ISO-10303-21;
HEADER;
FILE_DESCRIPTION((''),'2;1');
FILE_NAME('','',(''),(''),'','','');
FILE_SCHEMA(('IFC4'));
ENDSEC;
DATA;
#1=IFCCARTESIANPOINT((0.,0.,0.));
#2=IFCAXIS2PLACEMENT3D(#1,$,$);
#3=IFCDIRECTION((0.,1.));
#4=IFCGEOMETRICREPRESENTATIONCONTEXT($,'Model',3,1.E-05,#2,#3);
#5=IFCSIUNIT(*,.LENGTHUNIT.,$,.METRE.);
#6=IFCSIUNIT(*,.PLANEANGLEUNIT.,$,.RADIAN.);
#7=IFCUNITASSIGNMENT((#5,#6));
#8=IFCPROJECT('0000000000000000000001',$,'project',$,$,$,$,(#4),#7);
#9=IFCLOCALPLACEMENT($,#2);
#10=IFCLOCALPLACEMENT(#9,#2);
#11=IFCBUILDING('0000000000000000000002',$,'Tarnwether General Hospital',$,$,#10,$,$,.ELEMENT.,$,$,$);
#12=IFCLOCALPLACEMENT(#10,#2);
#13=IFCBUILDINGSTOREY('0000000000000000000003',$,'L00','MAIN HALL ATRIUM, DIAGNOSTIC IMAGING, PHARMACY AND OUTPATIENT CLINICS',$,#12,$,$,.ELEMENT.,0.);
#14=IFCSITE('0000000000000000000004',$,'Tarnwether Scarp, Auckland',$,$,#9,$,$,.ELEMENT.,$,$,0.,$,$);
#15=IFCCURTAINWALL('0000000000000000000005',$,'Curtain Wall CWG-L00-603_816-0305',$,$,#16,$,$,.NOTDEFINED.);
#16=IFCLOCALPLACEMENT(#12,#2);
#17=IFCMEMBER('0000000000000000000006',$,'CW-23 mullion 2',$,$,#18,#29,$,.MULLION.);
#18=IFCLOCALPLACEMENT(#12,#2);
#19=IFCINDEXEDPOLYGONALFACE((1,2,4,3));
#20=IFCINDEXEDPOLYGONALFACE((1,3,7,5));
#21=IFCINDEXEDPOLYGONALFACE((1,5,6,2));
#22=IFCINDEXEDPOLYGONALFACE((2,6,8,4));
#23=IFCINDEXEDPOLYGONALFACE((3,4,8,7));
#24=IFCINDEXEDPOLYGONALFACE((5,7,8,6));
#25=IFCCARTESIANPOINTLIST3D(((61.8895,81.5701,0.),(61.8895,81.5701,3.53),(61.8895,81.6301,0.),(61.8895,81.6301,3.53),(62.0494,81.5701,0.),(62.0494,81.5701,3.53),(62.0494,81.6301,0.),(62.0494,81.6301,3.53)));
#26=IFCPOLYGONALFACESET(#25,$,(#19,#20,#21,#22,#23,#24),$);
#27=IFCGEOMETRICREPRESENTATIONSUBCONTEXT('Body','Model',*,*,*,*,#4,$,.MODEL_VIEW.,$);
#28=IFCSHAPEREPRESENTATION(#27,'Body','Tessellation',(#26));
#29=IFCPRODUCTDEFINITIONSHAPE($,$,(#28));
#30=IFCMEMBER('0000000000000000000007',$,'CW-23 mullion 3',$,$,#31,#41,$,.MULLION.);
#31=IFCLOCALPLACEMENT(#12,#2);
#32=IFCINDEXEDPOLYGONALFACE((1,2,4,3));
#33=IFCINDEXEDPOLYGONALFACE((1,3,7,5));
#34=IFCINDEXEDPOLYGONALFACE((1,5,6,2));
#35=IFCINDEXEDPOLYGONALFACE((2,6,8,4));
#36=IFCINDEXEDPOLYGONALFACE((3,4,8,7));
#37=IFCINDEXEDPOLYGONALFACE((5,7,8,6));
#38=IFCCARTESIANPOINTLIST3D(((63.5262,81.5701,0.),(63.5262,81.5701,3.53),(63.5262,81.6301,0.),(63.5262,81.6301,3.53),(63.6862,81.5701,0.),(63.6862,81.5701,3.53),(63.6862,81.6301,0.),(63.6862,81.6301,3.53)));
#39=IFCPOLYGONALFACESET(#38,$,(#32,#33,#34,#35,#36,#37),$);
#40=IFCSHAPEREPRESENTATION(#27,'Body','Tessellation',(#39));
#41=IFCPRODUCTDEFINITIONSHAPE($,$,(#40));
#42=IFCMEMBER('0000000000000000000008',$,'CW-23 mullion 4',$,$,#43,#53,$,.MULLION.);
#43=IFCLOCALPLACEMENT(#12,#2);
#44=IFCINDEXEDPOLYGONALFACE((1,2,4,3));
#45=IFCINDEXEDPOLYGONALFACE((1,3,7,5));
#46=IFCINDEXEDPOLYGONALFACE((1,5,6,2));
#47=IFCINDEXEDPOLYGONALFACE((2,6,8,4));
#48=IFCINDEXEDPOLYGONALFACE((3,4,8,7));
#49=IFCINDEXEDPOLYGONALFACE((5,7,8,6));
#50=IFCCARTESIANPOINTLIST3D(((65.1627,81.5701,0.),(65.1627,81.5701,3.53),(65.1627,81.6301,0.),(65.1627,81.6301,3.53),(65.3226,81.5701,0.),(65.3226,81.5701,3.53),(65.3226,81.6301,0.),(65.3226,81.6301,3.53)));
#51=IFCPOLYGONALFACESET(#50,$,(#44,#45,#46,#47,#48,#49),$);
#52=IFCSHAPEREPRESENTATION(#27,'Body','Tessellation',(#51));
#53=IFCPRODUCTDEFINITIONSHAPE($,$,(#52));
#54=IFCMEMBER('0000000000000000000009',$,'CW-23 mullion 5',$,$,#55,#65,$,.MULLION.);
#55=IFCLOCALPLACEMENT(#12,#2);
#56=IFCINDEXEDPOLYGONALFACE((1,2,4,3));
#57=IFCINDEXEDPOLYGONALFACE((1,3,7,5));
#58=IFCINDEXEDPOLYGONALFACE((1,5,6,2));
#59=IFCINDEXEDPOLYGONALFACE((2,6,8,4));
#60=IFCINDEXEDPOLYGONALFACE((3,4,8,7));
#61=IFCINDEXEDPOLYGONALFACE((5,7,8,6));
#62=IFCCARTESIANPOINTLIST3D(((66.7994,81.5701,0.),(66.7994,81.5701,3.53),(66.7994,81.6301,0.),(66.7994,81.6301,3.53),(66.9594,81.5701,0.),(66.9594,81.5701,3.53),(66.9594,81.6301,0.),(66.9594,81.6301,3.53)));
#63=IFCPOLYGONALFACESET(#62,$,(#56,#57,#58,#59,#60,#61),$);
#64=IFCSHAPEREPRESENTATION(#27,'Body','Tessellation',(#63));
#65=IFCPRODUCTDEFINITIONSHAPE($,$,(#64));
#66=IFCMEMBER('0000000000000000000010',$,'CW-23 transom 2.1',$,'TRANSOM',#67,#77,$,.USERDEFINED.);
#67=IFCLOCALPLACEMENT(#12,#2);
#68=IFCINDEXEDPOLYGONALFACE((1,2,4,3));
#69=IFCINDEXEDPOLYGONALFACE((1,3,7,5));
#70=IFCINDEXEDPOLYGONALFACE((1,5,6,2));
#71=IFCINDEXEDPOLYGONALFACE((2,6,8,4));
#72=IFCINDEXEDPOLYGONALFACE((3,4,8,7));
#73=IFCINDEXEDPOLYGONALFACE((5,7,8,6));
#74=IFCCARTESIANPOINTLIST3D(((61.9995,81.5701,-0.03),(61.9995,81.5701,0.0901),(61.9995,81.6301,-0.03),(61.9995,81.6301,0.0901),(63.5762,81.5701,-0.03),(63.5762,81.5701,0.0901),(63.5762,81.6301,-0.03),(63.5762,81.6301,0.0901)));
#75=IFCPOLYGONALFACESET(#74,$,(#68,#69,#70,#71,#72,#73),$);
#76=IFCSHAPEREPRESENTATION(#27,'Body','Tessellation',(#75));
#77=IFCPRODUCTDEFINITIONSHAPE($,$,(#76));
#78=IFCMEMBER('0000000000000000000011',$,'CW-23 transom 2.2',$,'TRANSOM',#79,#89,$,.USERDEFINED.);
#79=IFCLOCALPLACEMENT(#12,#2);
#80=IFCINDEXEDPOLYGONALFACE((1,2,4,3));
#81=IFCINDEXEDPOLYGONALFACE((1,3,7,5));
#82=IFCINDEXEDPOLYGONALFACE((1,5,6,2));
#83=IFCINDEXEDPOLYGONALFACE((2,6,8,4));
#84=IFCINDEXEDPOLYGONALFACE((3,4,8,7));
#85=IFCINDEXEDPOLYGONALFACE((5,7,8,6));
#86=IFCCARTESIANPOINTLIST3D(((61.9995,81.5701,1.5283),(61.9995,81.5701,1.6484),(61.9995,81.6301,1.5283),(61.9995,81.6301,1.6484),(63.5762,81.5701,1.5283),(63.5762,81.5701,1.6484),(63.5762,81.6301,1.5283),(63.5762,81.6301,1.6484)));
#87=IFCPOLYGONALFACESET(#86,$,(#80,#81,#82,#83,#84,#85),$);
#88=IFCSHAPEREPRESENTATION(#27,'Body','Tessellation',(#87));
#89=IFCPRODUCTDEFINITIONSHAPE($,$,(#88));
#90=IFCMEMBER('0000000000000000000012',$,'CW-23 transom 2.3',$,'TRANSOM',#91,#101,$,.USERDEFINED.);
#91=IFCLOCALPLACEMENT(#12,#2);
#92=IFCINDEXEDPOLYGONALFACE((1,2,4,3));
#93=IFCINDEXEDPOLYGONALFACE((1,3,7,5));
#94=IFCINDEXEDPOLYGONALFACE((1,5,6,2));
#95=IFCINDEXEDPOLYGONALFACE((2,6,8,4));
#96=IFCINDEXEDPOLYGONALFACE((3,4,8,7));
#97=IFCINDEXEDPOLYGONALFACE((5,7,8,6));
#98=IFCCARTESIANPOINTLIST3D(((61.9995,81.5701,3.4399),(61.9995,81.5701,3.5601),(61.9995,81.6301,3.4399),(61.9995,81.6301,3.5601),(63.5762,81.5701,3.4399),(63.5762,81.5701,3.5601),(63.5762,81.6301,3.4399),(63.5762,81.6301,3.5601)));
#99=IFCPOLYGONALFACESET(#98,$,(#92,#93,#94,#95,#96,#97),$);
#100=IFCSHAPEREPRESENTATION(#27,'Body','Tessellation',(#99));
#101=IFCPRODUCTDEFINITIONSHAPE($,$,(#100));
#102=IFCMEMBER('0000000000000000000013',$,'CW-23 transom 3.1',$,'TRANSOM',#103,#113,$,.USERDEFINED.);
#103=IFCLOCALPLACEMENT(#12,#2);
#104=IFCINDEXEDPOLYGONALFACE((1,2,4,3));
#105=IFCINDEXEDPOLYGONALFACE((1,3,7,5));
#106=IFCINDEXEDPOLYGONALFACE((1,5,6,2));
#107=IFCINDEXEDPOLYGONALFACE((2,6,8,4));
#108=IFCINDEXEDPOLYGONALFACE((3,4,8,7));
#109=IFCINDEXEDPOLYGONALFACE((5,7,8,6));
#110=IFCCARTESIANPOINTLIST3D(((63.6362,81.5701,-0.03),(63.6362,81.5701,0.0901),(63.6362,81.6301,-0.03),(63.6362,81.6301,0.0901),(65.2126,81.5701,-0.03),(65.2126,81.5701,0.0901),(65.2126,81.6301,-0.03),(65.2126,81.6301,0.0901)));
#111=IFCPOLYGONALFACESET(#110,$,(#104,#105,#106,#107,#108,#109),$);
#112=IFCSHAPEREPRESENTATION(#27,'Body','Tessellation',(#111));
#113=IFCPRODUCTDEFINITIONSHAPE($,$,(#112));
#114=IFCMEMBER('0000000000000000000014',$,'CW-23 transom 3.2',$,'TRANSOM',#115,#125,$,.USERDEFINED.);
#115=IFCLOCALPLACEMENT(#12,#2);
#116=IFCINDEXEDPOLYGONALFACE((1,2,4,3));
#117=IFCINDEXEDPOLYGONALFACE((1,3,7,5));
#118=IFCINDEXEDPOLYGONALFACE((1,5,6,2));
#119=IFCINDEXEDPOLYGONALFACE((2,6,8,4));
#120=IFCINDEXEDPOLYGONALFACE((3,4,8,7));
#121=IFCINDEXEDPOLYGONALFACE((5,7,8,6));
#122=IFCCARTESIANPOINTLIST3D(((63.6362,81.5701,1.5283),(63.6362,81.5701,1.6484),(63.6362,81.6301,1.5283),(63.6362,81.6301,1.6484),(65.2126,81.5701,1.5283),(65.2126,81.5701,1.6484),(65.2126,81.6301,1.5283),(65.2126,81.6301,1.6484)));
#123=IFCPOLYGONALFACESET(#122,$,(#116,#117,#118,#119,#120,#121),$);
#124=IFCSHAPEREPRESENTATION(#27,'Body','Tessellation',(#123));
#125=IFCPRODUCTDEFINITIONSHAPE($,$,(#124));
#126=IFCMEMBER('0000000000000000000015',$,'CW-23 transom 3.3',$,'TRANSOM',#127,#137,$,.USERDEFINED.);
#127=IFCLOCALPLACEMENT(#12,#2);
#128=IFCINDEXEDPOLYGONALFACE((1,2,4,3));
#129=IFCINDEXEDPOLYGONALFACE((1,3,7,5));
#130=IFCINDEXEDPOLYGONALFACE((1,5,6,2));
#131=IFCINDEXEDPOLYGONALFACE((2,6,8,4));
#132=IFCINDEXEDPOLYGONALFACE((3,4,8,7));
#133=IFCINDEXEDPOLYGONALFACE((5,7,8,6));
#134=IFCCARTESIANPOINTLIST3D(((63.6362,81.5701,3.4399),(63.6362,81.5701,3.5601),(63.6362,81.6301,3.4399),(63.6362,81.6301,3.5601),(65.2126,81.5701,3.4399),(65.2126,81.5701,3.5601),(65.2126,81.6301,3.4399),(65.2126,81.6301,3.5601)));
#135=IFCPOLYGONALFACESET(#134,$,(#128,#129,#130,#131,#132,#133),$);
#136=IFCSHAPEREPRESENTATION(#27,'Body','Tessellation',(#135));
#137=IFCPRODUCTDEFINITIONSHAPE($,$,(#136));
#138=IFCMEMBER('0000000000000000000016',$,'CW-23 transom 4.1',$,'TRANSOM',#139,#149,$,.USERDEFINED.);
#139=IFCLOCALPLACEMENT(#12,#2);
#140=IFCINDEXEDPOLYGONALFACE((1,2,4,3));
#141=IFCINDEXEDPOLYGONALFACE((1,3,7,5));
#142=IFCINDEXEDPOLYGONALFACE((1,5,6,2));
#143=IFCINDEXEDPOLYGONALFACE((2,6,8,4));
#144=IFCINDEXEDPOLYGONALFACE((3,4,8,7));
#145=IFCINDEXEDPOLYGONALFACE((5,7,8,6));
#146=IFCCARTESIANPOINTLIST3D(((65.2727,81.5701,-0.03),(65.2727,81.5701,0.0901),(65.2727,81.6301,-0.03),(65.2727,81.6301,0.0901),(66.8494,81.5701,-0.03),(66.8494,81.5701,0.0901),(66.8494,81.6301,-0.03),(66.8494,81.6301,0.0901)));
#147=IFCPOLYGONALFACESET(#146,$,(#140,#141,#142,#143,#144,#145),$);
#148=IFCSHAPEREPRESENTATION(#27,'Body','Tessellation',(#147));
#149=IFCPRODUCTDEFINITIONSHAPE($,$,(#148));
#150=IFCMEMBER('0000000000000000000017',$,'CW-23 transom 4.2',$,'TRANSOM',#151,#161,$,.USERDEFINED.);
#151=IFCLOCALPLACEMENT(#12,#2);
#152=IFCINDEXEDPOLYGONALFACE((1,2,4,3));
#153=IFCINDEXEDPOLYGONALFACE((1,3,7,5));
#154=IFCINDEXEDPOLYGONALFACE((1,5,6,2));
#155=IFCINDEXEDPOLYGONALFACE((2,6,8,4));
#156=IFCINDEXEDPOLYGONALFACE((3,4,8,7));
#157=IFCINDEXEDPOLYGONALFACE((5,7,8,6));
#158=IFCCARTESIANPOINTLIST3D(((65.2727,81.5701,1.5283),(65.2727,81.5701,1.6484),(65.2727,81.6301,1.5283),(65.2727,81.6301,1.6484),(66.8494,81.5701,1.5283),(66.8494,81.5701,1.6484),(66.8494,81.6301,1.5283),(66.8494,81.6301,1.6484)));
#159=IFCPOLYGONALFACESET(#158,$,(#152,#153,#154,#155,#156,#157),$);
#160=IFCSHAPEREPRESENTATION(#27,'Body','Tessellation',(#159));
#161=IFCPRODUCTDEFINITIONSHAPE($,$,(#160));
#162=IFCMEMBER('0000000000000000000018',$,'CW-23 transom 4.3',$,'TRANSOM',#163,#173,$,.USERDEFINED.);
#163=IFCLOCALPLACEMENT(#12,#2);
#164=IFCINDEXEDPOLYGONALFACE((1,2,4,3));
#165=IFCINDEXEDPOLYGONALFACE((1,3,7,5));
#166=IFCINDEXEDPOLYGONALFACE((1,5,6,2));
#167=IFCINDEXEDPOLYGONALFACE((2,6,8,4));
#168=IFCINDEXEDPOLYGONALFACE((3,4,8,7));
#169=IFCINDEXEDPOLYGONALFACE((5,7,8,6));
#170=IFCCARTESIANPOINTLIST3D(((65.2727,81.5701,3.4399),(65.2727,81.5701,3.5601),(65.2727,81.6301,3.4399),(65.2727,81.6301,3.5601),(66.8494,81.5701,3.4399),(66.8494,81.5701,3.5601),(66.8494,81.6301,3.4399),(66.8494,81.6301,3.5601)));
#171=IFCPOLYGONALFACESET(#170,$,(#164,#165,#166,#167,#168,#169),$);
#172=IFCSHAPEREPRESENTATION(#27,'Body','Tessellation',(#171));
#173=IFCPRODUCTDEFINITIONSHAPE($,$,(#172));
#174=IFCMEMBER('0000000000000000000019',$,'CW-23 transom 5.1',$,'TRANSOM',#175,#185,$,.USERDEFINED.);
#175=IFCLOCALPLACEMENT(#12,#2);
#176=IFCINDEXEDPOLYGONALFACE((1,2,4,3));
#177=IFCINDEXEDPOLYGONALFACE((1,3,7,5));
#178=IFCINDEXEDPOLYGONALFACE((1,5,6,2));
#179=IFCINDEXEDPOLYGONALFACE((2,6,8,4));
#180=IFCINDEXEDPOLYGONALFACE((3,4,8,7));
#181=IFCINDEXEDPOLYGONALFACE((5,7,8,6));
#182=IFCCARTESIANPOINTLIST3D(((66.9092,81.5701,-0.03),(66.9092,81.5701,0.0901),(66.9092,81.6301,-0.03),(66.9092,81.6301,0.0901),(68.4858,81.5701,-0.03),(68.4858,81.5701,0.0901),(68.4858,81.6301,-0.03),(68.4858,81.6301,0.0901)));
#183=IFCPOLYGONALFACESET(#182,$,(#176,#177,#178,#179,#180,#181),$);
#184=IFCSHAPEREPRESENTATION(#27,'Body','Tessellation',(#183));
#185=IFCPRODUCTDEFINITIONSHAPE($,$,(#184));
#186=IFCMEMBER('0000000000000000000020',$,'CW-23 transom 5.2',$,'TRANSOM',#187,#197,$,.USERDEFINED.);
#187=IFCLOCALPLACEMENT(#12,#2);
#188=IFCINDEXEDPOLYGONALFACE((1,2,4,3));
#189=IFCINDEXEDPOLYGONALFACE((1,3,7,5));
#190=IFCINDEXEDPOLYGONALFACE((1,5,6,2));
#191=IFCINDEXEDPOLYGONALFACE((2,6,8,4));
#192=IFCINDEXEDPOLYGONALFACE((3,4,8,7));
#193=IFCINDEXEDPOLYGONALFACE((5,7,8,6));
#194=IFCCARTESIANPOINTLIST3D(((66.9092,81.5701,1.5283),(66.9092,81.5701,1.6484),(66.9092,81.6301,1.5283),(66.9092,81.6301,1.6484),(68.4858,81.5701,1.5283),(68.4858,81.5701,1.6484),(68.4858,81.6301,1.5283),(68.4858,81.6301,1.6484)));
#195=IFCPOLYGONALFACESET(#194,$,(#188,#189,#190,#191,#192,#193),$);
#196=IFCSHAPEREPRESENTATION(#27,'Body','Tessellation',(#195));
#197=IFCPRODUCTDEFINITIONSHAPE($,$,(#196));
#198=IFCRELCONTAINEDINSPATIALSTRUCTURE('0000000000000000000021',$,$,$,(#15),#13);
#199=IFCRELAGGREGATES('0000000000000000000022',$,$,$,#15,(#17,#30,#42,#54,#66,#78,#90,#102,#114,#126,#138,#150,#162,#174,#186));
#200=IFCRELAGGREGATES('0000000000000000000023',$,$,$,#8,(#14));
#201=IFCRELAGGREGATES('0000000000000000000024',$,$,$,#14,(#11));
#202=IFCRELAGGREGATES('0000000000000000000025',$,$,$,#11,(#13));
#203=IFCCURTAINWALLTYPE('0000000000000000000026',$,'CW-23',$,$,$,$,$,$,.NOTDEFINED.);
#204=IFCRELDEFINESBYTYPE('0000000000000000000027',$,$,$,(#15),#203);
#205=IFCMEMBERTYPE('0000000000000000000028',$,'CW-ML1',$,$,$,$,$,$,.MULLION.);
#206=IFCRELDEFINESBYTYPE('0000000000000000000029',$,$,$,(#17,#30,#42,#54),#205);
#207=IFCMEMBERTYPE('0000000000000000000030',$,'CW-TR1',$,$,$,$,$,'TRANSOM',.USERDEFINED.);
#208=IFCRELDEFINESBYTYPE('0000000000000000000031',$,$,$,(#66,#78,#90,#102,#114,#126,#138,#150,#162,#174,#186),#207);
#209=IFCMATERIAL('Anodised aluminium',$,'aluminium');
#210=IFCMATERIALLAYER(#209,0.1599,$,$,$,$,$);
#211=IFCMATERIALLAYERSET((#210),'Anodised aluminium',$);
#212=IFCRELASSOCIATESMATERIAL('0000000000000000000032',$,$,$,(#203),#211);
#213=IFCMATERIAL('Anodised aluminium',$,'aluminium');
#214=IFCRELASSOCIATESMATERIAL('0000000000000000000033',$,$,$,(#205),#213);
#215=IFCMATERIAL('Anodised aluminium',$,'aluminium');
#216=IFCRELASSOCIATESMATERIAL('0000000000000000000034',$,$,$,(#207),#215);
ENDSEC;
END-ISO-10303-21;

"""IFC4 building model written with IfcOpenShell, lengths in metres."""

from ifc_helpers import new_model, si_unit, direction, frame, origin, origin_2d, place, context, subcontext, project, spatial, rectangle, extrude, material, layer, layer_set, material_profile, profile_set, type_object, element, aggregate, save


model = new_model("IFC4")

# Units and contexts
model_context = context("Model", 3, precision=1e-05, world=origin(), true_north=direction((0.0, 1.0)))
body_context = subcontext(model_context, "Body", "Model", "MODEL_VIEW")
ifc_project = project(units=[si_unit("LENGTHUNIT", "METRE"), si_unit("PLANEANGLEUNIT", "RADIAN")], contexts=[model_context])

# Site, building, storey
site_placement = place(None, origin())
site = spatial("IfcSite", under=ifc_project, at=site_placement, Name="Tarnwether Scarp, Auckland", CompositionType="ELEMENT", RefElevation=0.0)
building_placement = place(site_placement, origin())
building = spatial("IfcBuilding", under=site, at=building_placement, Name="Tarnwether General Hospital", CompositionType="ELEMENT")
storey_placement = place(building_placement, origin())
storey = spatial("IfcBuildingStorey", under=building, at=storey_placement, Name="L00", Description="MAIN HALL ATRIUM, DIAGNOSTIC IMAGING, PHARMACY AND OUTPATIENT CLINICS", CompositionType="ELEMENT", Elevation=0.0)

# Curtain wall, members
ifc_material_1 = material(Name="Anodised aluminium", Category="aluminium")
ifc_layer_1 = layer(ifc_material_1, 0.1599)
ifc_layer_set_1 = layer_set([ifc_layer_1], Name="Anodised aluminium")
curtain_wall_type = type_object("IfcCurtainWallType", Name="CW-23", PredefinedType="NOTDEFINED", material=ifc_layer_set_1)
curtain_wall_placement = place(storey_placement, origin())
curtain_wall = element("IfcCurtainWall", 1, at=curtain_wall_placement, inside=storey, type_object=curtain_wall_type, Name="Curtain Wall CWG-L00-603_816-0305", PredefinedType="NOTDEFINED")
ifc_material_2 = material(Name="Anodised aluminium", Category="aluminium")
ifc_material_profile_1 = material_profile(ifc_material_2, rectangle(XDim=0.0601, YDim=0.1599, at=origin_2d()), Name="ALU-MUL-60x160")
ifc_profile_set_1 = profile_set([ifc_material_profile_1], Name="Anodised aluminium")
member_type_1 = type_object("IfcMemberType", Name="CW-ML1", PredefinedType="MULLION", material=ifc_profile_set_1)
member_1_placement = place(storey_placement, frame((61.9695, 81.6001, 0.0), z_axis=(0.0, 0.0, 1.0), x_axis=(0.0, 1.0, 0.0)))
member_1 = element("IfcMember", 2, at=member_1_placement, type_object=member_type_1, Name="CW-23 mullion 2", PredefinedType="MULLION", context=body_context, shape_type="SweptSolid", body=[
    extrude(rectangle(XDim=0.0601, YDim=0.1599, at=origin_2d()), origin(), (0.0, 0.0, 1.0), 3.53),
])
member_2_placement = place(storey_placement, frame((63.6062, 81.6001, 0.0), z_axis=(0.0, 0.0, 1.0), x_axis=(0.0, 1.0, 0.0)))
member_2 = element("IfcMember", 3, at=member_2_placement, type_object=member_type_1, Name="CW-23 mullion 3", PredefinedType="MULLION", context=body_context, shape_type="SweptSolid", body=[
    extrude(rectangle(XDim=0.0601, YDim=0.1599, at=origin_2d()), origin(), (0.0, 0.0, 1.0), 3.53),
])
member_3_placement = place(storey_placement, frame((65.2427, 81.6001, 0.0), z_axis=(0.0, 0.0, 1.0), x_axis=(0.0, 1.0, 0.0)))
member_3 = element("IfcMember", 4, at=member_3_placement, type_object=member_type_1, Name="CW-23 mullion 4", PredefinedType="MULLION", context=body_context, shape_type="SweptSolid", body=[
    extrude(rectangle(XDim=0.0601, YDim=0.1599, at=origin_2d()), origin(), (0.0, 0.0, 1.0), 3.53),
])
member_4_placement = place(storey_placement, frame((66.8794, 81.6001, 0.0), z_axis=(0.0, 0.0, 1.0), x_axis=(0.0, 1.0, 0.0)))
member_4 = element("IfcMember", 5, at=member_4_placement, type_object=member_type_1, Name="CW-23 mullion 5", PredefinedType="MULLION", context=body_context, shape_type="SweptSolid", body=[
    extrude(rectangle(XDim=0.0601, YDim=0.1599, at=origin_2d()), origin(), (0.0, 0.0, 1.0), 3.53),
])
ifc_material_3 = material(Name="Anodised aluminium", Category="aluminium")
ifc_material_profile_2 = material_profile(ifc_material_3, rectangle(XDim=0.0601, YDim=0.1201, at=origin_2d()), Name="ALU-TRN-60x120")
ifc_profile_set_2 = profile_set([ifc_material_profile_2], Name="Anodised aluminium")
member_type_2 = type_object("IfcMemberType", Name="CW-TR1", ElementType="TRANSOM", PredefinedType="USERDEFINED", material=ifc_profile_set_2)
member_5_placement = place(storey_placement, frame((61.9995, 81.6001, 0.03), z_axis=(1.0, 0.0, 0.0), x_axis=(0.0, 1.0, 0.0)))
member_5 = element("IfcMember", 6, at=member_5_placement, type_object=member_type_2, Name="CW-23 transom 2.1", ObjectType="TRANSOM", PredefinedType="USERDEFINED", context=body_context, shape_type="SweptSolid", body=[
    extrude(rectangle(XDim=0.0601, YDim=0.1201, at=origin_2d()), origin(), (0.0, 0.0, 1.0), 1.5767),
])
member_6_placement = place(storey_placement, frame((61.9995, 81.6001, 1.5884), z_axis=(1.0, 0.0, 0.0), x_axis=(0.0, 1.0, 0.0)))
member_6 = element("IfcMember", 7, at=member_6_placement, type_object=member_type_2, Name="CW-23 transom 2.2", ObjectType="TRANSOM", PredefinedType="USERDEFINED", context=body_context, shape_type="SweptSolid", body=[
    extrude(rectangle(XDim=0.0601, YDim=0.1201, at=origin_2d()), origin(), (0.0, 0.0, 1.0), 1.5767),
])
member_7_placement = place(storey_placement, frame((61.9995, 81.6001, 3.5), z_axis=(1.0, 0.0, 0.0), x_axis=(0.0, 1.0, 0.0)))
member_7 = element("IfcMember", 8, at=member_7_placement, type_object=member_type_2, Name="CW-23 transom 2.3", ObjectType="TRANSOM", PredefinedType="USERDEFINED", context=body_context, shape_type="SweptSolid", body=[
    extrude(rectangle(XDim=0.0601, YDim=0.1201, at=origin_2d()), origin(), (0.0, 0.0, 1.0), 1.5767),
])
member_8_placement = place(storey_placement, frame((63.6362, 81.6001, 0.03), z_axis=(1.0, 0.0, 0.0), x_axis=(0.0, 1.0, 0.0)))
member_8 = element("IfcMember", 9, at=member_8_placement, type_object=member_type_2, Name="CW-23 transom 3.1", ObjectType="TRANSOM", PredefinedType="USERDEFINED", context=body_context, shape_type="SweptSolid", body=[
    extrude(rectangle(XDim=0.0601, YDim=0.1201, at=origin_2d()), origin(), (0.0, 0.0, 1.0), 1.5764),
])
member_9_placement = place(storey_placement, frame((63.6362, 81.6001, 1.5884), z_axis=(1.0, 0.0, 0.0), x_axis=(0.0, 1.0, 0.0)))
member_9 = element("IfcMember", 10, at=member_9_placement, type_object=member_type_2, Name="CW-23 transom 3.2", ObjectType="TRANSOM", PredefinedType="USERDEFINED", context=body_context, shape_type="SweptSolid", body=[
    extrude(rectangle(XDim=0.0601, YDim=0.1201, at=origin_2d()), origin(), (0.0, 0.0, 1.0), 1.5764),
])
member_10_placement = place(storey_placement, frame((63.6362, 81.6001, 3.5), z_axis=(1.0, 0.0, 0.0), x_axis=(0.0, 1.0, 0.0)))
member_10 = element("IfcMember", 11, at=member_10_placement, type_object=member_type_2, Name="CW-23 transom 3.3", ObjectType="TRANSOM", PredefinedType="USERDEFINED", context=body_context, shape_type="SweptSolid", body=[
    extrude(rectangle(XDim=0.0601, YDim=0.1201, at=origin_2d()), origin(), (0.0, 0.0, 1.0), 1.5764),
])
member_11_placement = place(storey_placement, frame((65.2727, 81.6001, 0.03), z_axis=(1.0, 0.0, 0.0), x_axis=(0.0, 1.0, 0.0)))
member_11 = element("IfcMember", 12, at=member_11_placement, type_object=member_type_2, Name="CW-23 transom 4.1", ObjectType="TRANSOM", PredefinedType="USERDEFINED", context=body_context, shape_type="SweptSolid", body=[
    extrude(rectangle(XDim=0.0601, YDim=0.1201, at=origin_2d()), origin(), (0.0, 0.0, 1.0), 1.5767),
])
member_12_placement = place(storey_placement, frame((65.2727, 81.6001, 1.5884), z_axis=(1.0, 0.0, 0.0), x_axis=(0.0, 1.0, 0.0)))
member_12 = element("IfcMember", 13, at=member_12_placement, type_object=member_type_2, Name="CW-23 transom 4.2", ObjectType="TRANSOM", PredefinedType="USERDEFINED", context=body_context, shape_type="SweptSolid", body=[
    extrude(rectangle(XDim=0.0601, YDim=0.1201, at=origin_2d()), origin(), (0.0, 0.0, 1.0), 1.5767),
])
member_13_placement = place(storey_placement, frame((65.2727, 81.6001, 3.5), z_axis=(1.0, 0.0, 0.0), x_axis=(0.0, 1.0, 0.0)))
member_13 = element("IfcMember", 14, at=member_13_placement, type_object=member_type_2, Name="CW-23 transom 4.3", ObjectType="TRANSOM", PredefinedType="USERDEFINED", context=body_context, shape_type="SweptSolid", body=[
    extrude(rectangle(XDim=0.0601, YDim=0.1201, at=origin_2d()), origin(), (0.0, 0.0, 1.0), 1.5767),
])
member_14_placement = place(storey_placement, frame((66.9092, 81.6001, 0.03), z_axis=(1.0, 0.0, 0.0), x_axis=(0.0, 1.0, 0.0)))
member_14 = element("IfcMember", 15, at=member_14_placement, type_object=member_type_2, Name="CW-23 transom 5.1", ObjectType="TRANSOM", PredefinedType="USERDEFINED", context=body_context, shape_type="SweptSolid", body=[
    extrude(rectangle(XDim=0.0601, YDim=0.1201, at=origin_2d()), origin(), (0.0, 0.0, 1.0), 1.5767),
])
member_15_placement = place(storey_placement, frame((66.9092, 81.6001, 1.5884), z_axis=(1.0, 0.0, 0.0), x_axis=(0.0, 1.0, 0.0)))
member_15 = element("IfcMember", 16, at=member_15_placement, type_object=member_type_2, Name="CW-23 transom 5.2", ObjectType="TRANSOM", PredefinedType="USERDEFINED", context=body_context, shape_type="SweptSolid", body=[
    extrude(rectangle(XDim=0.0601, YDim=0.1201, at=origin_2d()), origin(), (0.0, 0.0, 1.0), 1.5767),
])
aggregate(curtain_wall, [member_1, member_2, member_3, member_4, member_5, member_6, member_7, member_8, member_9, member_10, member_11, member_12, member_13, member_14, member_15])

save(model, "model.ifc")
